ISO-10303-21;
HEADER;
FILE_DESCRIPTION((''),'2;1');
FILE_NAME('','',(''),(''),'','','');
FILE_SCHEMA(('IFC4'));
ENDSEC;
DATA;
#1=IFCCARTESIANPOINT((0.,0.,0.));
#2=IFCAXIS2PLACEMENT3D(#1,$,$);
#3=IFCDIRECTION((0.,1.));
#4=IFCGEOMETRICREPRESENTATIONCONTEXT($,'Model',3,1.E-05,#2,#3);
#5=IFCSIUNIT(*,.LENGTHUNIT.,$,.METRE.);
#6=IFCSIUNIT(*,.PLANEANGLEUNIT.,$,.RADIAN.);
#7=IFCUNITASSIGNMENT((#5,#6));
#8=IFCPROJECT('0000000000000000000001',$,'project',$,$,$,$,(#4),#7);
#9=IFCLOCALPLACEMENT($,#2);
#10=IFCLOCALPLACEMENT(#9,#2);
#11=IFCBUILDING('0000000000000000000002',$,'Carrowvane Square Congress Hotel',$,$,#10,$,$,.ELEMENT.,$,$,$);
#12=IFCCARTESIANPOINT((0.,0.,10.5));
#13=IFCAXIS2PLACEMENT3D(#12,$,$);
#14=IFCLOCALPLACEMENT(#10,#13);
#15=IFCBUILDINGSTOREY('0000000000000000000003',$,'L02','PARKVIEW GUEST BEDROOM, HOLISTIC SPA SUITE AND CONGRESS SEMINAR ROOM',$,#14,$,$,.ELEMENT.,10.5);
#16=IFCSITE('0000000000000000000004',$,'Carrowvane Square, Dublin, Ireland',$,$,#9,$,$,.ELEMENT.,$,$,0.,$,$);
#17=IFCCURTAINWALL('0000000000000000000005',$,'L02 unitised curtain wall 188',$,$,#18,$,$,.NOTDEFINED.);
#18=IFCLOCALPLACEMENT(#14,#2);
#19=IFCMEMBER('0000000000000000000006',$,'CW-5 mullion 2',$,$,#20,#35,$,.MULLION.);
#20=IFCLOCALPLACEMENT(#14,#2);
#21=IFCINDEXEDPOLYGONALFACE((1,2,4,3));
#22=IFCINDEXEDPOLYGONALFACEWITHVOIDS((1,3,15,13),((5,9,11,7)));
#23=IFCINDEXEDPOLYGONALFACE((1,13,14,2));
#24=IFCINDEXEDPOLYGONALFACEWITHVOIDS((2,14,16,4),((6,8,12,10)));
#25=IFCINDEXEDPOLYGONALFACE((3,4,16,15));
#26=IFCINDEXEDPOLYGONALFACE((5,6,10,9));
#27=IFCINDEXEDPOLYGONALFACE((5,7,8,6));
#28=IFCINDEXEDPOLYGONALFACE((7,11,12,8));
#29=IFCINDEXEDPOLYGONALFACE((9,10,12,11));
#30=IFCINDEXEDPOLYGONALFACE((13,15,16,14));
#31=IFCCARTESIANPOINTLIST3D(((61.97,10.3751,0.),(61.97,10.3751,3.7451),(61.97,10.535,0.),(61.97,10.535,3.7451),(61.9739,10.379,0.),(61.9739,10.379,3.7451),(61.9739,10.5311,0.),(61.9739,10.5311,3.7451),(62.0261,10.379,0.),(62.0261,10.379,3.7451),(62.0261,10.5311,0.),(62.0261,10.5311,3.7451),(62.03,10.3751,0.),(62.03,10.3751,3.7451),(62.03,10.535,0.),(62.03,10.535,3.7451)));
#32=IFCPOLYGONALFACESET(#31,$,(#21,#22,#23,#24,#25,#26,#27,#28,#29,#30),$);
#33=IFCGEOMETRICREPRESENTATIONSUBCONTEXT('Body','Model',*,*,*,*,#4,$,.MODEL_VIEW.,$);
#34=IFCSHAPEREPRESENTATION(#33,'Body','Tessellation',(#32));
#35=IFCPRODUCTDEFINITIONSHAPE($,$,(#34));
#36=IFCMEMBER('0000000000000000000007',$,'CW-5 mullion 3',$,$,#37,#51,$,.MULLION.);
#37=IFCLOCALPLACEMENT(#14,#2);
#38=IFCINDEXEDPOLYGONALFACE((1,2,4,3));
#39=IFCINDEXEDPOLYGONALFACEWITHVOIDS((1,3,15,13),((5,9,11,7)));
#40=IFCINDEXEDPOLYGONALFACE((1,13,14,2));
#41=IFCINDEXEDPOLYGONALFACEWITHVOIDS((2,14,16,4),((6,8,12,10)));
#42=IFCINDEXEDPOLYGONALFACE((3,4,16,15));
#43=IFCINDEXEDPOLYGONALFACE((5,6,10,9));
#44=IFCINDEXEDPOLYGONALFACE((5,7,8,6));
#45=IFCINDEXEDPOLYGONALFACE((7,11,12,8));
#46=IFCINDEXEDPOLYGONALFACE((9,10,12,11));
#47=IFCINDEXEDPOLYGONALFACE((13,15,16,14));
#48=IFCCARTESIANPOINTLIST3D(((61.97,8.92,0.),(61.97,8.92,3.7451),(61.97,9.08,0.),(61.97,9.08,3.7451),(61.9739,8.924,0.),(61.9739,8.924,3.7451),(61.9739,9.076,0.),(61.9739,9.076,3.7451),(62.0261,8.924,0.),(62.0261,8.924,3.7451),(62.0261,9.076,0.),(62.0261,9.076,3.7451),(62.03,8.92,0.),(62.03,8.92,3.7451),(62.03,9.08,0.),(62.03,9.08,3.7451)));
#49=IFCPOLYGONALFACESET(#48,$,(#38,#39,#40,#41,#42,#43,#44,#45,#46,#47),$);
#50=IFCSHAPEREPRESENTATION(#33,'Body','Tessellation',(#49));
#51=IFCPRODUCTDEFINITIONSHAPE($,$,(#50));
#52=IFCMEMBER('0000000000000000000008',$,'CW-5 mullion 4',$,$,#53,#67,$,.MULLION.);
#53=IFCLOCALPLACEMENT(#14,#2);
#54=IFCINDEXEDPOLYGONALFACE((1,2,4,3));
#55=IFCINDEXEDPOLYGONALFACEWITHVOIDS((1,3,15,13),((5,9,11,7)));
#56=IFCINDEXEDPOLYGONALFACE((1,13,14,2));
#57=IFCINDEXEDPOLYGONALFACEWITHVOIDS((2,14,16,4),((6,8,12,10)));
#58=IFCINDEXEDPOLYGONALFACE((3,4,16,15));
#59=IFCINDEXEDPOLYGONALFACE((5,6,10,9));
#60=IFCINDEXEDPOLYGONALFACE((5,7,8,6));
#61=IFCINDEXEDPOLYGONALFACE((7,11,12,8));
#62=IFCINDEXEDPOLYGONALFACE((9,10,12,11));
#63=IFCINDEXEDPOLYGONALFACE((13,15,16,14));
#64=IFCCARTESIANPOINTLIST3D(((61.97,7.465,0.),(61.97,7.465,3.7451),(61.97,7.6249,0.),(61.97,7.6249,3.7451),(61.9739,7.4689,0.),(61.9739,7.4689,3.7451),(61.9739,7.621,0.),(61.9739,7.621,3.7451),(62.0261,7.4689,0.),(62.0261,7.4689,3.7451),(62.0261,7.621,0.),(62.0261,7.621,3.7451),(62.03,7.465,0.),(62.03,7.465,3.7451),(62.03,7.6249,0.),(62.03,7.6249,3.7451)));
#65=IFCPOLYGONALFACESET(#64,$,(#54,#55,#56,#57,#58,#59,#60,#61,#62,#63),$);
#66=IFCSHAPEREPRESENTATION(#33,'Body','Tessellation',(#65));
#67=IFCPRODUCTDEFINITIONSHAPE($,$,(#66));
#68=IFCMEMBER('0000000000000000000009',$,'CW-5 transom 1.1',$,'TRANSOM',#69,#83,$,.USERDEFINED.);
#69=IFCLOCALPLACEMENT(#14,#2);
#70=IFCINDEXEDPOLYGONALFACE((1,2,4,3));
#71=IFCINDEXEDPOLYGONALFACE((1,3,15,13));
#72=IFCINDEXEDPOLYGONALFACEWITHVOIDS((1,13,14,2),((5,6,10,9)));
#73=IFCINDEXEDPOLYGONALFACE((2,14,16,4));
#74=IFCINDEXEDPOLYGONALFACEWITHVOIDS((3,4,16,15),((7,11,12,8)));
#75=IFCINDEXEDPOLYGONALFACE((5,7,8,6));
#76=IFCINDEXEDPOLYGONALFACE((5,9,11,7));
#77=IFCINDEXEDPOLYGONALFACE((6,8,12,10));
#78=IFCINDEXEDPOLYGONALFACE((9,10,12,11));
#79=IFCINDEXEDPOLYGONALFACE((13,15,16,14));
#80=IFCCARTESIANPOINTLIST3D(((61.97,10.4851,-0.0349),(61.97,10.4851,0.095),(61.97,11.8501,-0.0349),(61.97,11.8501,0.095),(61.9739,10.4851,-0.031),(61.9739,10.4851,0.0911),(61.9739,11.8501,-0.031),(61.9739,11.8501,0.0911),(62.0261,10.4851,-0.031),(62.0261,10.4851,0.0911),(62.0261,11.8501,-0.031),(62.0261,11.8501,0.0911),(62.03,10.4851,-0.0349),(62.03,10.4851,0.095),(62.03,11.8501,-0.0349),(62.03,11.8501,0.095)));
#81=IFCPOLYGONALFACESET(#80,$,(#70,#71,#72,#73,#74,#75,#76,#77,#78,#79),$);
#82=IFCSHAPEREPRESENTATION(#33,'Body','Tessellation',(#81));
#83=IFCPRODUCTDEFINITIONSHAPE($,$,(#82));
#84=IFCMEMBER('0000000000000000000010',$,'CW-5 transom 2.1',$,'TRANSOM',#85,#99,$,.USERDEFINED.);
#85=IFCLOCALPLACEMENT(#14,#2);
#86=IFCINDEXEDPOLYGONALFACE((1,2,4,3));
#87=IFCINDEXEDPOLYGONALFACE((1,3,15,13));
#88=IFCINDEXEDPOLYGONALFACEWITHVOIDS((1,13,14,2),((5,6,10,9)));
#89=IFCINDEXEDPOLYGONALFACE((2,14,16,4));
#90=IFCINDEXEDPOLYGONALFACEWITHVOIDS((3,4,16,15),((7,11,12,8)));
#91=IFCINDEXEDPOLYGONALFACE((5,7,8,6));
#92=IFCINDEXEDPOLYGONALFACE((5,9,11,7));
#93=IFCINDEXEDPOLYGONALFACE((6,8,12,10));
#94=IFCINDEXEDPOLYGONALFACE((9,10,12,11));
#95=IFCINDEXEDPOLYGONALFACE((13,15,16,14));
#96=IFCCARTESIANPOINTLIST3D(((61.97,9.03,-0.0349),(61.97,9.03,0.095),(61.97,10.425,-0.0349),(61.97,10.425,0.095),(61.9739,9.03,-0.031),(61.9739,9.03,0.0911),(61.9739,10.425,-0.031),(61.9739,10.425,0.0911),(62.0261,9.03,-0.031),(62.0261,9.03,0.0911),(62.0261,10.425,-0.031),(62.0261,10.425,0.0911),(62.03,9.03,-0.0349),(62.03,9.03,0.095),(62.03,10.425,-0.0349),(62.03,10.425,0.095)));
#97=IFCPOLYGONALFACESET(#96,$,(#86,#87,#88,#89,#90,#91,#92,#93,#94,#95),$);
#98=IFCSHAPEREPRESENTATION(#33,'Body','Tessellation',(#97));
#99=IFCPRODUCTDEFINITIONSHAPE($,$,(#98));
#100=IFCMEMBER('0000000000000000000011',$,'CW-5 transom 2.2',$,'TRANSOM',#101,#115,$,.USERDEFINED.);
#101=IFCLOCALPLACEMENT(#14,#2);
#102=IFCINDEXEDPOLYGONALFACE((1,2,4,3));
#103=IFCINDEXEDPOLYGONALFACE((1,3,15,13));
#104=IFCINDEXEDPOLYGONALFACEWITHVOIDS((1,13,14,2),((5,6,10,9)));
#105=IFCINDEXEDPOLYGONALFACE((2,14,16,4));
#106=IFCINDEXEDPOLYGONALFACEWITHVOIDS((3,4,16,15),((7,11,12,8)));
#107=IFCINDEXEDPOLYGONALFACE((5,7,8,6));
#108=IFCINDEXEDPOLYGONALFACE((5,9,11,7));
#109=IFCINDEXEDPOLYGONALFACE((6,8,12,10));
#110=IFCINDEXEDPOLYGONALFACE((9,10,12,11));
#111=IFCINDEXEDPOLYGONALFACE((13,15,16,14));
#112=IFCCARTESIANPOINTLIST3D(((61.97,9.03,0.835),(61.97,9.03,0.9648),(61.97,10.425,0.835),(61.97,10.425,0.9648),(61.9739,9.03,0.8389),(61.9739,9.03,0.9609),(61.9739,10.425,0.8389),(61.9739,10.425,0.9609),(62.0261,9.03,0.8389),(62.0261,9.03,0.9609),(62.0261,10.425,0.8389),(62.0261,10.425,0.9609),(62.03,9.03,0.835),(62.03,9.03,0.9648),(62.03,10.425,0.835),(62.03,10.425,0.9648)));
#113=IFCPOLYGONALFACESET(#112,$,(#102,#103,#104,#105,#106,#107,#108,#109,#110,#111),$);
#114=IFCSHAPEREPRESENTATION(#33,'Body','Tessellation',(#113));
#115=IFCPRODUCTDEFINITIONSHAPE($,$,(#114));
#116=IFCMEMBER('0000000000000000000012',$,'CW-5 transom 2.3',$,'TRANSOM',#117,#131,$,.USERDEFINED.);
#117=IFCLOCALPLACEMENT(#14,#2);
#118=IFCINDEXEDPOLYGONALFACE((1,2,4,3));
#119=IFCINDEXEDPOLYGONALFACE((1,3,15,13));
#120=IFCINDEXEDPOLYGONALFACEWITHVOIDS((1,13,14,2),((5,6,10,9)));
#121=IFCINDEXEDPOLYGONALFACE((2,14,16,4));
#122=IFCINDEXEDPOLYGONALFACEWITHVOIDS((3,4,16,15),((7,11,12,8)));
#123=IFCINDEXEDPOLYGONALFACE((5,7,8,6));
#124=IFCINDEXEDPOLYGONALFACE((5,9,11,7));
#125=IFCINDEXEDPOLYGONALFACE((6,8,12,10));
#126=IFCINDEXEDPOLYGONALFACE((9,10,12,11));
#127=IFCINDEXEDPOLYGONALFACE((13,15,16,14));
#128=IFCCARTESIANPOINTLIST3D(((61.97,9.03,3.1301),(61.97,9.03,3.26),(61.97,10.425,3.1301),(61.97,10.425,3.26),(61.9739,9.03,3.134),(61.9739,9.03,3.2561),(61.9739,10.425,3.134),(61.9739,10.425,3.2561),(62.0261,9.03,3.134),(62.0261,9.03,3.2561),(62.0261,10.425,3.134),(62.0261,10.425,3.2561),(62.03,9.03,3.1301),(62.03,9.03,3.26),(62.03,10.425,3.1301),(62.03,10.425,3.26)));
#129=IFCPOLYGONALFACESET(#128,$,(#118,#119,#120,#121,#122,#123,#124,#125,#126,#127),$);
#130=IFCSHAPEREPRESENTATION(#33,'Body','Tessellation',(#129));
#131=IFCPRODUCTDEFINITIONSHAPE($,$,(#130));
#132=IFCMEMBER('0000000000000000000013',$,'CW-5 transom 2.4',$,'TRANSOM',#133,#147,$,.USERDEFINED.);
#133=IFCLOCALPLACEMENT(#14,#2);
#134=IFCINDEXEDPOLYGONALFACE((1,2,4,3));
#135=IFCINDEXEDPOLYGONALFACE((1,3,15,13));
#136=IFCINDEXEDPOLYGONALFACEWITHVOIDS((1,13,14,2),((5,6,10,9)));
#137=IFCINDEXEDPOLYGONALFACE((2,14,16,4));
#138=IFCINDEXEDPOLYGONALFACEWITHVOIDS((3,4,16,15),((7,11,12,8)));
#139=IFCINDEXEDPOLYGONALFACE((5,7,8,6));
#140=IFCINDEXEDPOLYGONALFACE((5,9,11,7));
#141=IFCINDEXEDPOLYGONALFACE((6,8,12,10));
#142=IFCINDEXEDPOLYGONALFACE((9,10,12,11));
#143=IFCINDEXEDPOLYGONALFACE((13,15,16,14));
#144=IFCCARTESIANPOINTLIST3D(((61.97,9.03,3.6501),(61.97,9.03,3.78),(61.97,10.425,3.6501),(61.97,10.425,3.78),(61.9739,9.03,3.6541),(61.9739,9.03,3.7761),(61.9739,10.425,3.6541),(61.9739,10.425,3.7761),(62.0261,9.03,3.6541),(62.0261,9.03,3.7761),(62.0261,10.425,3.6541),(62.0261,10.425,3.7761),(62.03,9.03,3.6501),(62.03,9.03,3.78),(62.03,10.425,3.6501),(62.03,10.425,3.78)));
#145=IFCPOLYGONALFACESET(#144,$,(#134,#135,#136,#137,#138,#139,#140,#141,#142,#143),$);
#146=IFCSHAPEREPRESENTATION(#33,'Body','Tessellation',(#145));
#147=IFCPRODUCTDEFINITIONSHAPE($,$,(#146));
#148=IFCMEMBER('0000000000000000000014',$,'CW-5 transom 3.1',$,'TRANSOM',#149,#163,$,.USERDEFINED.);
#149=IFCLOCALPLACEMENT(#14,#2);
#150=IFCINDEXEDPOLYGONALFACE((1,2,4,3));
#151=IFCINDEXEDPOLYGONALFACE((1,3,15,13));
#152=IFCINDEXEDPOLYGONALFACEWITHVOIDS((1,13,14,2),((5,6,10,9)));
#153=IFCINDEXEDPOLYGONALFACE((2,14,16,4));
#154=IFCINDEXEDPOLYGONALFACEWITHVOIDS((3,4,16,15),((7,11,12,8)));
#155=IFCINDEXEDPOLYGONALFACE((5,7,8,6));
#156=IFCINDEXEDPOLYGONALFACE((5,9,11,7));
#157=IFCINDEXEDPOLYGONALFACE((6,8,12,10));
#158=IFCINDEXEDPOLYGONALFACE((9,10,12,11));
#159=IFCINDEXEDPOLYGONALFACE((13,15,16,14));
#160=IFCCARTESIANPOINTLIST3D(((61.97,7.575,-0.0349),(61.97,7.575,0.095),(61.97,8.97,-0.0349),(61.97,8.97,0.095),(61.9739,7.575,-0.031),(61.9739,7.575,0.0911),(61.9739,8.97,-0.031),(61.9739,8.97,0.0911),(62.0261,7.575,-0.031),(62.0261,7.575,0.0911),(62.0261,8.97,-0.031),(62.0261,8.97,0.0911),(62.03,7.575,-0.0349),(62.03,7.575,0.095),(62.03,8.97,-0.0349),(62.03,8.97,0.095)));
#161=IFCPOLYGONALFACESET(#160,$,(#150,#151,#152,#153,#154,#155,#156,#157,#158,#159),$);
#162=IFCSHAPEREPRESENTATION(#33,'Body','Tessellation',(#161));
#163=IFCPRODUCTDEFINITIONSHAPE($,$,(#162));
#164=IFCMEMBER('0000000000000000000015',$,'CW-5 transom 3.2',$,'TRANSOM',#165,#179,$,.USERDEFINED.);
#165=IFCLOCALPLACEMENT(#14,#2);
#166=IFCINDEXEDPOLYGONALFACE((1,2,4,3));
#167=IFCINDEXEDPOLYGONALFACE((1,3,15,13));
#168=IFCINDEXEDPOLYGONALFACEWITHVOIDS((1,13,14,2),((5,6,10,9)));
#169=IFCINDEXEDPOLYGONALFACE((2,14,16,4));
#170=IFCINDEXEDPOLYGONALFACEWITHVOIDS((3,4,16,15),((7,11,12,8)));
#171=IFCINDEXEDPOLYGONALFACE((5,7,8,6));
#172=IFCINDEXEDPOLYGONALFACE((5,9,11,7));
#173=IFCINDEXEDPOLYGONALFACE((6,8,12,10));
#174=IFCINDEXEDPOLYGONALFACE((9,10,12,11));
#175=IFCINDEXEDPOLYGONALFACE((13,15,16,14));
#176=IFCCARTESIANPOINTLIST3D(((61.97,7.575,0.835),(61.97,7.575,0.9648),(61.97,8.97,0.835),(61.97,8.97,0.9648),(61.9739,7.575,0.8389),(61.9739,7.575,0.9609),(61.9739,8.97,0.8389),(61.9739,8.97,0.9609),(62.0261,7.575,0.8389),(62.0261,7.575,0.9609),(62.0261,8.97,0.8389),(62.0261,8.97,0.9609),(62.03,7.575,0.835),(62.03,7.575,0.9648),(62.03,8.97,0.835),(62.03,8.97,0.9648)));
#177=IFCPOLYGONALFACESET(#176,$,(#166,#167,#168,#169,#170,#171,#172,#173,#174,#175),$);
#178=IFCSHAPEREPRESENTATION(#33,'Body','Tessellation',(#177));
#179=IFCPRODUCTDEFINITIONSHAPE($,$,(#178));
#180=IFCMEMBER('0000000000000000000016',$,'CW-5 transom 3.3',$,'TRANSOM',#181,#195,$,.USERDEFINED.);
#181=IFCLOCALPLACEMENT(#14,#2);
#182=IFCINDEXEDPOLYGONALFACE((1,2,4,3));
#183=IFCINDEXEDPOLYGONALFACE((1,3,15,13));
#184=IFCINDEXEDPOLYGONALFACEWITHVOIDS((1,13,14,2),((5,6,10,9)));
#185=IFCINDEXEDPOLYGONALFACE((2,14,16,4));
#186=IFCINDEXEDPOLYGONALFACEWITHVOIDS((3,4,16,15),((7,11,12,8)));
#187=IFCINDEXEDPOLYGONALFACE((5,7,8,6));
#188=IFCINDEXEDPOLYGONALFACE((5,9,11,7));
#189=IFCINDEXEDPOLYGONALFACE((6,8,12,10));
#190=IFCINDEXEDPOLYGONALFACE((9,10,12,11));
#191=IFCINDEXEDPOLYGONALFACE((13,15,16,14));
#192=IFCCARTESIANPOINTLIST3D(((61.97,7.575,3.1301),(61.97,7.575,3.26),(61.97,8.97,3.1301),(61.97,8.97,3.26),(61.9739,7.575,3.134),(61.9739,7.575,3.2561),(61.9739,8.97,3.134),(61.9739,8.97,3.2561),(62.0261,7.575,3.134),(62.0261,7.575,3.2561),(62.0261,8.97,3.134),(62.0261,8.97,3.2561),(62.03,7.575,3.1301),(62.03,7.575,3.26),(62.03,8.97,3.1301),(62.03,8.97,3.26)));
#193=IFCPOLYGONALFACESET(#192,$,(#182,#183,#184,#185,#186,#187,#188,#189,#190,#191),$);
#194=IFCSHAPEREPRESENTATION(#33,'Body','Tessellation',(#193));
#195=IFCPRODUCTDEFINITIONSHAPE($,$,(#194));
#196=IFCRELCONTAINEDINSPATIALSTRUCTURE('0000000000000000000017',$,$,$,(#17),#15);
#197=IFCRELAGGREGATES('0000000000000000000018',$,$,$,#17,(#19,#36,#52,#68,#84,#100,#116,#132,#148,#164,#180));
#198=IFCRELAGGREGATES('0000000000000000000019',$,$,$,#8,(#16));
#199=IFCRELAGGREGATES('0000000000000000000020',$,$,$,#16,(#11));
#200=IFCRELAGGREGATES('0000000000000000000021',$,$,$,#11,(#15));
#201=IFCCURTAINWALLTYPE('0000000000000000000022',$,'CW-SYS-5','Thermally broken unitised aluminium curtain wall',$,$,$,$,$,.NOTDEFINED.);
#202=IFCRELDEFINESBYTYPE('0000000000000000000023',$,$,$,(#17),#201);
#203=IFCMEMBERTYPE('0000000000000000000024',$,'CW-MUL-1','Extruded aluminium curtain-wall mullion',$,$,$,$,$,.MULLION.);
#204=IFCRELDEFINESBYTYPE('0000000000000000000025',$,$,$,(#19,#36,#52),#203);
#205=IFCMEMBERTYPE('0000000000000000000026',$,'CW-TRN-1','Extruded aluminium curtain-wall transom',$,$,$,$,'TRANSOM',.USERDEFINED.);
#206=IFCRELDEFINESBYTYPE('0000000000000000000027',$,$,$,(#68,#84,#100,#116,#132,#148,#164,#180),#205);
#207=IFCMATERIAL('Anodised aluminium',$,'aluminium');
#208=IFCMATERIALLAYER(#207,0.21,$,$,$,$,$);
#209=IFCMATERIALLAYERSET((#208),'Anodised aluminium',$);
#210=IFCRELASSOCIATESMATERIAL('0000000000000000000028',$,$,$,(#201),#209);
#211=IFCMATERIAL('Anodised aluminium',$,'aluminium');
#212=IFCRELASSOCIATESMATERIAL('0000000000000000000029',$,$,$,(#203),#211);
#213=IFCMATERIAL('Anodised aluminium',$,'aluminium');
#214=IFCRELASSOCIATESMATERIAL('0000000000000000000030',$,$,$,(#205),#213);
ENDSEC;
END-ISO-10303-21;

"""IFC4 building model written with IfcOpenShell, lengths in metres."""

from ifc_helpers import new_model, si_unit, direction, frame, origin, origin_2d, place, context, subcontext, project, spatial, hollow_rectangle, extrude, material, layer, layer_set, material_profile, profile_set, type_object, element, aggregate, save


model = new_model("IFC4")

# Units and contexts
model_context = context("Model", 3, precision=1e-05, world=origin(), true_north=direction((0.0, 1.0)))
body_context = subcontext(model_context, "Body", "Model", "MODEL_VIEW")
ifc_project = project(units=[si_unit("LENGTHUNIT", "METRE"), si_unit("PLANEANGLEUNIT", "RADIAN")], contexts=[model_context])

# Site, building, storey
site_placement = place(None, origin())
site = spatial("IfcSite", under=ifc_project, at=site_placement, Name="Carrowvane Square, Dublin, Ireland", CompositionType="ELEMENT", RefElevation=0.0)
building_placement = place(site_placement, origin())
building = spatial("IfcBuilding", under=site, at=building_placement, Name="Carrowvane Square Congress Hotel", CompositionType="ELEMENT")
storey_placement = place(building_placement, frame((0.0, 0.0, 10.5)))
storey = spatial("IfcBuildingStorey", under=building, at=storey_placement, Name="L02", Description="PARKVIEW GUEST BEDROOM, HOLISTIC SPA SUITE AND CONGRESS SEMINAR ROOM", CompositionType="ELEMENT", Elevation=10.5)

# Curtain wall, members
ifc_material_1 = material(Name="Anodised aluminium", Category="aluminium")
ifc_layer_1 = layer(ifc_material_1, 0.21)
ifc_layer_set_1 = layer_set([ifc_layer_1], Name="Anodised aluminium")
curtain_wall_type = type_object("IfcCurtainWallType", Name="CW-SYS-5", Description="Thermally broken unitised aluminium curtain wall", PredefinedType="NOTDEFINED", material=ifc_layer_set_1)
curtain_wall_placement = place(storey_placement, origin())
curtain_wall = element("IfcCurtainWall", 1, at=curtain_wall_placement, inside=storey, type_object=curtain_wall_type, Name="L02 unitised curtain wall 188", PredefinedType="NOTDEFINED")
ifc_material_2 = material(Name="Anodised aluminium", Category="aluminium")
ifc_material_profile_1 = material_profile(ifc_material_2, hollow_rectangle(XDim=0.0601, YDim=0.1599, WallThickness=0.0039, at=origin_2d()), Name="CW-ML 60x160x4")
ifc_profile_set_1 = profile_set([ifc_material_profile_1], Name="Anodised aluminium")
member_type_1 = type_object("IfcMemberType", Name="CW-MUL-1", Description="Extruded aluminium curtain-wall mullion", PredefinedType="MULLION", material=ifc_profile_set_1)
member_1_placement = place(storey_placement, frame((62.0, 10.4551, 0.0), z_axis=(0.0, 0.0, 1.0), x_axis=(1.0, 0.0, 0.0)))
member_1 = element("IfcMember", 2, at=member_1_placement, type_object=member_type_1, Name="CW-5 mullion 2", PredefinedType="MULLION", context=body_context, shape_type="SweptSolid", body=[
    extrude(hollow_rectangle(XDim=0.0601, YDim=0.1599, WallThickness=0.0039, at=origin_2d()), origin(), (0.0, 0.0, 1.0), 3.7451),
])
member_2_placement = place(storey_placement, frame((62.0, 9.0, 0.0), z_axis=(0.0, 0.0, 1.0), x_axis=(1.0, 0.0, 0.0)))
member_2 = element("IfcMember", 3, at=member_2_placement, type_object=member_type_1, Name="CW-5 mullion 3", PredefinedType="MULLION", context=body_context, shape_type="SweptSolid", body=[
    extrude(hollow_rectangle(XDim=0.0601, YDim=0.1599, WallThickness=0.0039, at=origin_2d()), origin(), (0.0, 0.0, 1.0), 3.7451),
])
member_3_placement = place(storey_placement, frame((62.0, 7.5449, 0.0), z_axis=(0.0, 0.0, 1.0), x_axis=(1.0, 0.0, 0.0)))
member_3 = element("IfcMember", 4, at=member_3_placement, type_object=member_type_1, Name="CW-5 mullion 4", PredefinedType="MULLION", context=body_context, shape_type="SweptSolid", body=[
    extrude(hollow_rectangle(XDim=0.0601, YDim=0.1599, WallThickness=0.0039, at=origin_2d()), origin(), (0.0, 0.0, 1.0), 3.7451),
])
ifc_material_3 = material(Name="Anodised aluminium", Category="aluminium")
ifc_material_profile_2 = material_profile(ifc_material_3, hollow_rectangle(XDim=0.0601, YDim=0.1299, WallThickness=0.0039, at=origin_2d()), Name="CW-TR 60x130x4")
ifc_profile_set_2 = profile_set([ifc_material_profile_2], Name="Anodised aluminium")
member_type_2 = type_object("IfcMemberType", Name="CW-TRN-1", Description="Extruded aluminium curtain-wall transom", ElementType="TRANSOM", PredefinedType="USERDEFINED", material=ifc_profile_set_2)
member_4_placement = place(storey_placement, frame((62.0, 11.8501, 0.03), z_axis=(0.0, -1.0, 0.0), x_axis=(1.0, 0.0, 0.0)))
member_4 = element("IfcMember", 5, at=member_4_placement, type_object=member_type_2, Name="CW-5 transom 1.1", ObjectType="TRANSOM", PredefinedType="USERDEFINED", context=body_context, shape_type="SweptSolid", body=[
    extrude(hollow_rectangle(XDim=0.0601, YDim=0.1299, WallThickness=0.0039, at=origin_2d()), origin(), (0.0, 0.0, 1.0), 1.365),
])
member_5_placement = place(storey_placement, frame((62.0, 10.425, 0.03), z_axis=(0.0, -1.0, 0.0), x_axis=(1.0, 0.0, 0.0)))
member_5 = element("IfcMember", 6, at=member_5_placement, type_object=member_type_2, Name="CW-5 transom 2.1", ObjectType="TRANSOM", PredefinedType="USERDEFINED", context=body_context, shape_type="SweptSolid", body=[
    extrude(hollow_rectangle(XDim=0.0601, YDim=0.1299, WallThickness=0.0039, at=origin_2d()), origin(), (0.0, 0.0, 1.0), 1.395),
])
member_6_placement = place(storey_placement, frame((62.0, 10.425, 0.8999), z_axis=(0.0, -1.0, 0.0), x_axis=(1.0, 0.0, 0.0)))
member_6 = element("IfcMember", 7, at=member_6_placement, type_object=member_type_2, Name="CW-5 transom 2.2", ObjectType="TRANSOM", PredefinedType="USERDEFINED", context=body_context, shape_type="SweptSolid", body=[
    extrude(hollow_rectangle(XDim=0.0601, YDim=0.1299, WallThickness=0.0039, at=origin_2d()), origin(), (0.0, 0.0, 1.0), 1.395),
])
member_7_placement = place(storey_placement, frame((62.0, 10.425, 3.1951), z_axis=(0.0, -1.0, 0.0), x_axis=(1.0, 0.0, 0.0)))
member_7 = element("IfcMember", 8, at=member_7_placement, type_object=member_type_2, Name="CW-5 transom 2.3", ObjectType="TRANSOM", PredefinedType="USERDEFINED", context=body_context, shape_type="SweptSolid", body=[
    extrude(hollow_rectangle(XDim=0.0601, YDim=0.1299, WallThickness=0.0039, at=origin_2d()), origin(), (0.0, 0.0, 1.0), 1.395),
])
member_8_placement = place(storey_placement, frame((62.0, 10.425, 3.7151), z_axis=(0.0, -1.0, 0.0), x_axis=(1.0, 0.0, 0.0)))
member_8 = element("IfcMember", 9, at=member_8_placement, type_object=member_type_2, Name="CW-5 transom 2.4", ObjectType="TRANSOM", PredefinedType="USERDEFINED", context=body_context, shape_type="SweptSolid", body=[
    extrude(hollow_rectangle(XDim=0.0601, YDim=0.1299, WallThickness=0.0039, at=origin_2d()), origin(), (0.0, 0.0, 1.0), 1.395),
])
member_9_placement = place(storey_placement, frame((62.0, 8.97, 0.03), z_axis=(0.0, -1.0, 0.0), x_axis=(1.0, 0.0, 0.0)))
member_9 = element("IfcMember", 10, at=member_9_placement, type_object=member_type_2, Name="CW-5 transom 3.1", ObjectType="TRANSOM", PredefinedType="USERDEFINED", context=body_context, shape_type="SweptSolid", body=[
    extrude(hollow_rectangle(XDim=0.0601, YDim=0.1299, WallThickness=0.0039, at=origin_2d()), origin(), (0.0, 0.0, 1.0), 1.395),
])
member_10_placement = place(storey_placement, frame((62.0, 8.97, 0.8999), z_axis=(0.0, -1.0, 0.0), x_axis=(1.0, 0.0, 0.0)))
member_10 = element("IfcMember", 11, at=member_10_placement, type_object=member_type_2, Name="CW-5 transom 3.2", ObjectType="TRANSOM", PredefinedType="USERDEFINED", context=body_context, shape_type="SweptSolid", body=[
    extrude(hollow_rectangle(XDim=0.0601, YDim=0.1299, WallThickness=0.0039, at=origin_2d()), origin(), (0.0, 0.0, 1.0), 1.395),
])
member_11_placement = place(storey_placement, frame((62.0, 8.97, 3.1951), z_axis=(0.0, -1.0, 0.0), x_axis=(1.0, 0.0, 0.0)))
member_11 = element("IfcMember", 12, at=member_11_placement, type_object=member_type_2, Name="CW-5 transom 3.3", ObjectType="TRANSOM", PredefinedType="USERDEFINED", context=body_context, shape_type="SweptSolid", body=[
    extrude(hollow_rectangle(XDim=0.0601, YDim=0.1299, WallThickness=0.0039, at=origin_2d()), origin(), (0.0, 0.0, 1.0), 1.395),
])
aggregate(curtain_wall, [member_1, member_2, member_3, member_4, member_5, member_6, member_7, member_8, member_9, member_10, member_11])

save(model, "model.ifc")
